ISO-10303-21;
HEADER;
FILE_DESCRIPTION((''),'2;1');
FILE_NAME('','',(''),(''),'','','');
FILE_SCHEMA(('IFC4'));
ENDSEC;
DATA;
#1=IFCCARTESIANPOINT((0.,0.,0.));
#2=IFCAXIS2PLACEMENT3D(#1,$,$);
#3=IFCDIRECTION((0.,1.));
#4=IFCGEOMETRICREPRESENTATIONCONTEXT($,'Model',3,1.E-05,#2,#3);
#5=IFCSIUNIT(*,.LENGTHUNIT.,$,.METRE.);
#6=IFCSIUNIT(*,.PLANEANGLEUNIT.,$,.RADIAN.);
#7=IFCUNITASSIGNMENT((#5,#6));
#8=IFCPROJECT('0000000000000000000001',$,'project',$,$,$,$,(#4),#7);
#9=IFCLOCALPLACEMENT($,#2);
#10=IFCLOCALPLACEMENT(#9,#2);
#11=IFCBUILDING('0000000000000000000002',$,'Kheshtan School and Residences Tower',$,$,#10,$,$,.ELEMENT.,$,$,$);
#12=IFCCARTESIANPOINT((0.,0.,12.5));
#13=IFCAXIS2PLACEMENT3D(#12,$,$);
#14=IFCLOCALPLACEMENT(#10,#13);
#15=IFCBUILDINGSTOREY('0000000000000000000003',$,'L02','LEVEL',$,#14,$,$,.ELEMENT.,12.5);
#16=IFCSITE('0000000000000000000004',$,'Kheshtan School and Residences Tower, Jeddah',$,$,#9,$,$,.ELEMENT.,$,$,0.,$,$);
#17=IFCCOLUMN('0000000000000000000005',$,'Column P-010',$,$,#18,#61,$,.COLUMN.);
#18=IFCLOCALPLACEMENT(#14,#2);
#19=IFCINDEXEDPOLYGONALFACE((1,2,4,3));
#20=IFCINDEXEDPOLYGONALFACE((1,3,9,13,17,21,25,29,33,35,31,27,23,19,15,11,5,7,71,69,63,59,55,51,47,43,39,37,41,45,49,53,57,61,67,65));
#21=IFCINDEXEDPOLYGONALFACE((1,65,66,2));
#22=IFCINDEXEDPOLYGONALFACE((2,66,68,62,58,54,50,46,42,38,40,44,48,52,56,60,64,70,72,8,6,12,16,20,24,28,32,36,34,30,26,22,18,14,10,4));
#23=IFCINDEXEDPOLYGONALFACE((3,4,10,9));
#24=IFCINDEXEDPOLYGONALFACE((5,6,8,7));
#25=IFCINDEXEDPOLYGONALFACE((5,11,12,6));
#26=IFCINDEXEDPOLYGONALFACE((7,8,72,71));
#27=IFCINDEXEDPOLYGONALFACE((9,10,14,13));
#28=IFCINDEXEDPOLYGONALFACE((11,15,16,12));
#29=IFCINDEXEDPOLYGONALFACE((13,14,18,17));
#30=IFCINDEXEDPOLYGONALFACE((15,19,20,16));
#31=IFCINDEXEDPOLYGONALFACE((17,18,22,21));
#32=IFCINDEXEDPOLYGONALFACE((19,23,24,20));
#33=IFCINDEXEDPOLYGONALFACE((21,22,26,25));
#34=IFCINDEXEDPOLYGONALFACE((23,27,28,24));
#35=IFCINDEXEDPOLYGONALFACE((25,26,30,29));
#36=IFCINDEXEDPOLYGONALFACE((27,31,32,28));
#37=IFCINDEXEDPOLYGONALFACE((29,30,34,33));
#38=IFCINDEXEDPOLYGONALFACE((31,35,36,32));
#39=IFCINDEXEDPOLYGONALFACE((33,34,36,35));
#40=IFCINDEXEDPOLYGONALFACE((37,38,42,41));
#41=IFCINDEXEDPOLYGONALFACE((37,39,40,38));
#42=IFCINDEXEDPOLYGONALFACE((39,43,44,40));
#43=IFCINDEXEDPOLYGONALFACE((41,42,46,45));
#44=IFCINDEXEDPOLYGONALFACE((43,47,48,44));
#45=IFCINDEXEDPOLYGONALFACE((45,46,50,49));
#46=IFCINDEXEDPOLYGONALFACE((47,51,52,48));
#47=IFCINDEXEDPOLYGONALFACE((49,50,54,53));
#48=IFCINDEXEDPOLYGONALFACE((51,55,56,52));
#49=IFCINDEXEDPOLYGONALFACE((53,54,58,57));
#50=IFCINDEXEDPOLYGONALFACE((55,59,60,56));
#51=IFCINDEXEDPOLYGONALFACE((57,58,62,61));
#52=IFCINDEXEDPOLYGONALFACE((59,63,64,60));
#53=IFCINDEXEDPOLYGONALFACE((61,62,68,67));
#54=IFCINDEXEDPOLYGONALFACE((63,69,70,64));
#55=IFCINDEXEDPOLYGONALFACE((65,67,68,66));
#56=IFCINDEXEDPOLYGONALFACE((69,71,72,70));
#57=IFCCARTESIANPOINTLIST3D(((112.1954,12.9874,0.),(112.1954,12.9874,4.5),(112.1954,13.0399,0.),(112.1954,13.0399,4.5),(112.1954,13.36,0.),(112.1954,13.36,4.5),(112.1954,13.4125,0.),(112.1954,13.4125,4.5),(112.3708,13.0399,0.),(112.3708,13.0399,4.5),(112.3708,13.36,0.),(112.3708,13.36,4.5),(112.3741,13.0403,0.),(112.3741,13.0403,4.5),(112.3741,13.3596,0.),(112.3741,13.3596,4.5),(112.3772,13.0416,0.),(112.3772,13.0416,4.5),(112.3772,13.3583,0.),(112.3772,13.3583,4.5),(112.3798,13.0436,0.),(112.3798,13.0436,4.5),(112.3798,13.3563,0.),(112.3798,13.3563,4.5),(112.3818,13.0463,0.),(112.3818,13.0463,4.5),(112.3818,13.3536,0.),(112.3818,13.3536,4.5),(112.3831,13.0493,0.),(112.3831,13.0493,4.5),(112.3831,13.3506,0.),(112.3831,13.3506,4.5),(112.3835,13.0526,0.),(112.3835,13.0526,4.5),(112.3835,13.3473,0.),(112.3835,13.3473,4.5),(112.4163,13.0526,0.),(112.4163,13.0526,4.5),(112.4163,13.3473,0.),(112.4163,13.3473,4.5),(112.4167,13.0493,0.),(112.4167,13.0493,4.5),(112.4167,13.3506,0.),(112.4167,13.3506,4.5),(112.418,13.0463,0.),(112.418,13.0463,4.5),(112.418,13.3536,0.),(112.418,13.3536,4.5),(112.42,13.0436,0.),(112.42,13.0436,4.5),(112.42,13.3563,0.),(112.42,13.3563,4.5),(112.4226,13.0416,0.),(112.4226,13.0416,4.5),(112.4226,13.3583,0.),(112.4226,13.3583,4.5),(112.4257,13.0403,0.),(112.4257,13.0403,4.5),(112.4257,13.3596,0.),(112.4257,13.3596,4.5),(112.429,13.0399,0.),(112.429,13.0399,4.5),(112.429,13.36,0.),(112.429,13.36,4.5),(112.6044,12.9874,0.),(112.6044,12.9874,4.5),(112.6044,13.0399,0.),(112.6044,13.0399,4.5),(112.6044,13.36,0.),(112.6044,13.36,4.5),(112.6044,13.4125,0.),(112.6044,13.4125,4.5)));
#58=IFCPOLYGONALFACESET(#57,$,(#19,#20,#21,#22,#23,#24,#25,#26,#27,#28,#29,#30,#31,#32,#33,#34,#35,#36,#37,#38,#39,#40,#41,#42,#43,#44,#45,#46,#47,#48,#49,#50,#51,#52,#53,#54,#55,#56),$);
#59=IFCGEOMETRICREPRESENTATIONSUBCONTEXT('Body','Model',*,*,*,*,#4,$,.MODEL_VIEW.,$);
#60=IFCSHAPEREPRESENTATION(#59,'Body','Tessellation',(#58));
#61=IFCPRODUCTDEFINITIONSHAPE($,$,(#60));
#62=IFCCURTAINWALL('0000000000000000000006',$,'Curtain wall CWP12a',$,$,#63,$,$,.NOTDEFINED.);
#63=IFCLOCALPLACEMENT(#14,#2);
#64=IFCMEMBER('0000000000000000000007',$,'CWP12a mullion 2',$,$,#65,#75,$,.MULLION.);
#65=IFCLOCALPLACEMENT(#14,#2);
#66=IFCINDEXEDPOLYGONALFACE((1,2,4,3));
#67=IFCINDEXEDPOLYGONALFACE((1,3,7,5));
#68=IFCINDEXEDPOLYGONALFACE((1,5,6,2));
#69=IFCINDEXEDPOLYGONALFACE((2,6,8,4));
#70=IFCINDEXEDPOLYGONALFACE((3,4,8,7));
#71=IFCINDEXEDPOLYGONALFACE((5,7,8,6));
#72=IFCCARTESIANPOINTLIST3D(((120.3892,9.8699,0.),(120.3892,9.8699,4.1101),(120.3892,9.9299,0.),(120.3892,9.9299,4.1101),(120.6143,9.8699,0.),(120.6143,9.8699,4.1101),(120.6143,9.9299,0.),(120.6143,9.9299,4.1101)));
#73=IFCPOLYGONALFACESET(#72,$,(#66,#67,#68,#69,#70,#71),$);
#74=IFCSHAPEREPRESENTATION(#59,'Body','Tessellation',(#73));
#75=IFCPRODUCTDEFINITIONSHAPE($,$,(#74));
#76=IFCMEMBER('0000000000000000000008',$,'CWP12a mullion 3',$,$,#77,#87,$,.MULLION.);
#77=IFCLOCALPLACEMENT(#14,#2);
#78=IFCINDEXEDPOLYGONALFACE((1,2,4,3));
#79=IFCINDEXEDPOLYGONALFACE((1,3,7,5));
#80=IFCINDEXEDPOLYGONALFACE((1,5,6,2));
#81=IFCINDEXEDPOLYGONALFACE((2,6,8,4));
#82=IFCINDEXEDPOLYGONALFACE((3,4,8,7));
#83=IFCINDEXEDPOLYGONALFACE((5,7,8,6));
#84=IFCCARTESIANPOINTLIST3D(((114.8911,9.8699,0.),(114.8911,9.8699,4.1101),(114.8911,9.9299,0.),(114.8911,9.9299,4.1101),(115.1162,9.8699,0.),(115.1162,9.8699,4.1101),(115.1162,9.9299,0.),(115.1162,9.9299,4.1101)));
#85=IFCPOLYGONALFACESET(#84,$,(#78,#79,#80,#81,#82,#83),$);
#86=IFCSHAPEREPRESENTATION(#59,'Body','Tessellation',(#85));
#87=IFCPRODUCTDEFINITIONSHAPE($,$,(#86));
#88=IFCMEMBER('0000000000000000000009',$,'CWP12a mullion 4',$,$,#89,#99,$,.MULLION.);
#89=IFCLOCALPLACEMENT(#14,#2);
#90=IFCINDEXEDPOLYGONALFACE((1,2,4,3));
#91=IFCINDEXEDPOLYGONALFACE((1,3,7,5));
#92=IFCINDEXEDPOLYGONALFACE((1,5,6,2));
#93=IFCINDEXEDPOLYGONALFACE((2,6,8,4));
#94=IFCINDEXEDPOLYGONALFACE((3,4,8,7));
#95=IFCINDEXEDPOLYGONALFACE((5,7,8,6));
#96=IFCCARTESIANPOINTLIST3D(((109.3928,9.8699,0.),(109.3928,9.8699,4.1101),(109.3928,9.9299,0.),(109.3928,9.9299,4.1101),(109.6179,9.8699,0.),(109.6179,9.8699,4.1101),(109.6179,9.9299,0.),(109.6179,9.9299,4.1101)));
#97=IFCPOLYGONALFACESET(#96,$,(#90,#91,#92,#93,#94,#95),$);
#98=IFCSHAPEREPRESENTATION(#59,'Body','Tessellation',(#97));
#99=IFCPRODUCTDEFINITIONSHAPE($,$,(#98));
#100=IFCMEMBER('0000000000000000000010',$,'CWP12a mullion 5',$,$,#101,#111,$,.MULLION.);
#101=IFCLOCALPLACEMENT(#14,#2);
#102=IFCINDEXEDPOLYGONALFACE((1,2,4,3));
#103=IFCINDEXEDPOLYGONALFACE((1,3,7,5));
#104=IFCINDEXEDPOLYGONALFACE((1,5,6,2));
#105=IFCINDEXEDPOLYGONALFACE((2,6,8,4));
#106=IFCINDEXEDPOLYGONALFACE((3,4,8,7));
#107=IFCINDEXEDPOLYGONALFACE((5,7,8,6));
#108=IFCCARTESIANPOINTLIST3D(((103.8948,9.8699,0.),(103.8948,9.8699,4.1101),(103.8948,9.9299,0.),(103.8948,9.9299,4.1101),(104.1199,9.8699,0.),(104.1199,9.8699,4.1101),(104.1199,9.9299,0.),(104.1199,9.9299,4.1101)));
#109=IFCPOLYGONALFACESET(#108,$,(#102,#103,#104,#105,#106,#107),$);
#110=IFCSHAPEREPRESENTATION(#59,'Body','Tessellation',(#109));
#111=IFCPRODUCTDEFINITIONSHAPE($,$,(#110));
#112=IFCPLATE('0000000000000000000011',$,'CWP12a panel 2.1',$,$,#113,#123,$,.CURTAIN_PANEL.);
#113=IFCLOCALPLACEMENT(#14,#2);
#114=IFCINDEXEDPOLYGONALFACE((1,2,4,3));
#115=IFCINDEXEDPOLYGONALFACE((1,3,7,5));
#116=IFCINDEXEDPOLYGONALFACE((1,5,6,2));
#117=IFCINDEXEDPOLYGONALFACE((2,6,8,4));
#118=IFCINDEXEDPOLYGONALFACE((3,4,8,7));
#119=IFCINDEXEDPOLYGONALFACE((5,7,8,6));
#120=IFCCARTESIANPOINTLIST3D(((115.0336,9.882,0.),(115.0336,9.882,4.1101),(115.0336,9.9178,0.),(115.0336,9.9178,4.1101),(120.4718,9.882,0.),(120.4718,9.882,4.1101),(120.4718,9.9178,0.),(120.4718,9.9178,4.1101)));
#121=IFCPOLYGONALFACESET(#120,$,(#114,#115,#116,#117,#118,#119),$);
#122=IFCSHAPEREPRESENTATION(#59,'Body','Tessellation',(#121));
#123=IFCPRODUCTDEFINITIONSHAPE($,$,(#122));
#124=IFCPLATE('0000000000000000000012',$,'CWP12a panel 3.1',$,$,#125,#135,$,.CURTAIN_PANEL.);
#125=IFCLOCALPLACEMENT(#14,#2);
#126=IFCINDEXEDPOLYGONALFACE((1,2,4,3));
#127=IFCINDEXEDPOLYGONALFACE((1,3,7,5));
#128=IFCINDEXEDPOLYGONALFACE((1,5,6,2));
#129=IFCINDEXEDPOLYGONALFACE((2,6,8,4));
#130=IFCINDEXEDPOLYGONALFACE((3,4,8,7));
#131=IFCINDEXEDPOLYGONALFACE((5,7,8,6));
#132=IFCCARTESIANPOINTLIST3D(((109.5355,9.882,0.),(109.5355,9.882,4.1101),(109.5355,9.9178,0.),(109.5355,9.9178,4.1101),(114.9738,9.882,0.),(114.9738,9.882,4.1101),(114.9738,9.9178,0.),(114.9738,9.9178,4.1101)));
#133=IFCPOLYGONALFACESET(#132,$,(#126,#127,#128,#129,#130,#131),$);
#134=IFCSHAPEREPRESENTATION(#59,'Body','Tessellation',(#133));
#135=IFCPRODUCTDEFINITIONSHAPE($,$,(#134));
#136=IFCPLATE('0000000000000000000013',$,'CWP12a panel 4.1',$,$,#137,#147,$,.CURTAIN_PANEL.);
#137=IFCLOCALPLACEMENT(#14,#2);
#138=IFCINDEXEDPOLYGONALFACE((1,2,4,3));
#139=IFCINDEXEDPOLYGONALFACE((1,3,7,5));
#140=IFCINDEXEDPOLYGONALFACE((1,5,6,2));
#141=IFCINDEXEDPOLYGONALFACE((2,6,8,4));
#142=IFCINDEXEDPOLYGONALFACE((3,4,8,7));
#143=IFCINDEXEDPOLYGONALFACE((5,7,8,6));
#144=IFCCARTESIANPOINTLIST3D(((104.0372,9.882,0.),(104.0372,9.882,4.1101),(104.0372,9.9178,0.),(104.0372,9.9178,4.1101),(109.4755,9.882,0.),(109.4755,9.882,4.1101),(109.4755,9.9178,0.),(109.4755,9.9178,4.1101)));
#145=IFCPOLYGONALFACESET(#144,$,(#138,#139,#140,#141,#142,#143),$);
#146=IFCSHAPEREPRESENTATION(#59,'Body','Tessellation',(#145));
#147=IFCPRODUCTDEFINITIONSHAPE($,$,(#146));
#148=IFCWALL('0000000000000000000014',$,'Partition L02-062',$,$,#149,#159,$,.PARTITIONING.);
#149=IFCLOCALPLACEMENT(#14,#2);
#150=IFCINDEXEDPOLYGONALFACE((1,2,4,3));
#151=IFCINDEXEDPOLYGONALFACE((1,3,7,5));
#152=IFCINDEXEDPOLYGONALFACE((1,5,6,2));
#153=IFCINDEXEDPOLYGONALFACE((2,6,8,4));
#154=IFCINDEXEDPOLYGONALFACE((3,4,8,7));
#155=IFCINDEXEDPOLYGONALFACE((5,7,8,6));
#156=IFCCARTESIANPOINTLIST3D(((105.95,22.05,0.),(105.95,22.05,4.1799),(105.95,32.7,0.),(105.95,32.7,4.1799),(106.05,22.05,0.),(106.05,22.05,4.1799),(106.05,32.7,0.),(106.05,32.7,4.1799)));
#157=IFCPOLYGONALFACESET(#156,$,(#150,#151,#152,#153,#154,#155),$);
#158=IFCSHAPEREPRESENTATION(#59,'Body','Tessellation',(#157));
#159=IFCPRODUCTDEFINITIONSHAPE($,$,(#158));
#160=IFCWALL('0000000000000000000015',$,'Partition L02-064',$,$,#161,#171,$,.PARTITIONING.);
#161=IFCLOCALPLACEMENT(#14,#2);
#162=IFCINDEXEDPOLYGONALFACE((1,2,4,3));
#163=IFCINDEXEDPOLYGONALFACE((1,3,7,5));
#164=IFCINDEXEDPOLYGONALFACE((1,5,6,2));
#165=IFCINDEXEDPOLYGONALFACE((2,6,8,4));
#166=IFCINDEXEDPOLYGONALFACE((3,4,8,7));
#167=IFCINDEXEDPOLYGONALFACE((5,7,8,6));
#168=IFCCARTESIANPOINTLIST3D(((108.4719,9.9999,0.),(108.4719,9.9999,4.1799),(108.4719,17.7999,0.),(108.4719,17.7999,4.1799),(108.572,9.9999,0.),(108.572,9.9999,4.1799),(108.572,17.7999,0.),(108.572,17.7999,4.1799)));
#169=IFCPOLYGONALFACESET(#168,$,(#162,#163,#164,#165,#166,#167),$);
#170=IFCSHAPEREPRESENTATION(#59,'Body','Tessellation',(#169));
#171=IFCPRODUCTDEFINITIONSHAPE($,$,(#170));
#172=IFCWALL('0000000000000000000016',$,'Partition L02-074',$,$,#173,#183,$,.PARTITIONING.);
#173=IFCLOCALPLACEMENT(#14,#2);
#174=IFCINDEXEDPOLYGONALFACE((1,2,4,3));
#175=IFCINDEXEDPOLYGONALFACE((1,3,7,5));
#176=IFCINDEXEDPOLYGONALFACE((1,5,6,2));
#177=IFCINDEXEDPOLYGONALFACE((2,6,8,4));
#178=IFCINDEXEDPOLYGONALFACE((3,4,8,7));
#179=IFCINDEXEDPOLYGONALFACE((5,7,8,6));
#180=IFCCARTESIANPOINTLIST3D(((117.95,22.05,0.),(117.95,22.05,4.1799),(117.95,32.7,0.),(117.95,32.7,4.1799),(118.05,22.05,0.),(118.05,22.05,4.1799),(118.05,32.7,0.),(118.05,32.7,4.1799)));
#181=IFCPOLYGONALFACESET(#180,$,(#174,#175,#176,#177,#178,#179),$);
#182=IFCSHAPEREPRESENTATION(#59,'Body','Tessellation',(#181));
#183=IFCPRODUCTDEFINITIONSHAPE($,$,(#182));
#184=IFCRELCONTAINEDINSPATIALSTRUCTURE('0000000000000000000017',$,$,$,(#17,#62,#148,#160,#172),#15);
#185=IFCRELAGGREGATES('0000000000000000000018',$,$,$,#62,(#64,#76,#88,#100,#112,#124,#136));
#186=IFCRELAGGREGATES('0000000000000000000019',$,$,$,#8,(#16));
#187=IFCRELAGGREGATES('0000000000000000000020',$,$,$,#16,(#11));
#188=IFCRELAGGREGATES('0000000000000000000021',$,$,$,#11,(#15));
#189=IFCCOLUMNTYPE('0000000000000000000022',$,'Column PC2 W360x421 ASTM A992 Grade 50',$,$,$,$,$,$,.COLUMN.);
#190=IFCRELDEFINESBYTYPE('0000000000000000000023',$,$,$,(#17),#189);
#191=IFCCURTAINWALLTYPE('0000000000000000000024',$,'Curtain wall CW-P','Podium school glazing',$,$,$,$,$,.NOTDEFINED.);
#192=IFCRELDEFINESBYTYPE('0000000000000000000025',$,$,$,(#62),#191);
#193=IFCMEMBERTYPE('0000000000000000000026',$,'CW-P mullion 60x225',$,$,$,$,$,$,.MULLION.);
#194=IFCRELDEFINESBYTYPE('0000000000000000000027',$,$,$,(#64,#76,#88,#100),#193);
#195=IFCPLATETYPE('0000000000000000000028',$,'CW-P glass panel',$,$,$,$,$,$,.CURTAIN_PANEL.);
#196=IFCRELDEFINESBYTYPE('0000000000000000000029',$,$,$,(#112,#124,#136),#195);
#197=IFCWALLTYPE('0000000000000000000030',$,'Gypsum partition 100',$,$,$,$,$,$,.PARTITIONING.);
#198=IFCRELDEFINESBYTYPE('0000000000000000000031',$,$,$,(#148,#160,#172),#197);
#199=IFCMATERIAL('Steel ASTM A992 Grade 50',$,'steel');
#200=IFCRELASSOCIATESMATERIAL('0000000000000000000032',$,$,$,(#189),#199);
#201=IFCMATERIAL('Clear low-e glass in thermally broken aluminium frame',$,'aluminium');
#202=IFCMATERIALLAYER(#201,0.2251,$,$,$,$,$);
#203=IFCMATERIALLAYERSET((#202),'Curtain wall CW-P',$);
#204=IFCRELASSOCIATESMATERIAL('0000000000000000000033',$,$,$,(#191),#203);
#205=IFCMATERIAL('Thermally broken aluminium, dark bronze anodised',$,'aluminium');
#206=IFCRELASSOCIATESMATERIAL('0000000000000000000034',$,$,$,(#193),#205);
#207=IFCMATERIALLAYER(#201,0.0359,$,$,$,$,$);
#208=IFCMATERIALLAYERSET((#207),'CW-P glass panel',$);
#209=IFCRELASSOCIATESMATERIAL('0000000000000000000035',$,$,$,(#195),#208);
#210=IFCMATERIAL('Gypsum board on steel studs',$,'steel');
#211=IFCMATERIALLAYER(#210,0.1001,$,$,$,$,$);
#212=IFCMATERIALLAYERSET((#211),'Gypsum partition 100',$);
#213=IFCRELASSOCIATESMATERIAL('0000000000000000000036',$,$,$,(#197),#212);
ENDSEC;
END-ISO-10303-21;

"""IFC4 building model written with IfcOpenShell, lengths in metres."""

from ifc_helpers import new_model, si_unit, direction, frame, frame_2d, origin, origin_2d, place, context, subcontext, project, spatial, rectangle, i_section, extrude, material, layer, layer_set, material_profile, profile_set, type_object, element, aggregate, save


model = new_model("IFC4")

# Units and contexts
model_context = context("Model", 3, precision=1e-05, world=origin(), true_north=direction((0.0, 1.0)))
body_context = subcontext(model_context, "Body", "Model", "MODEL_VIEW")
ifc_project = project(units=[si_unit("LENGTHUNIT", "METRE"), si_unit("PLANEANGLEUNIT", "RADIAN")], contexts=[model_context])

# Site, building, storey
site_placement = place(None, origin())
site = spatial("IfcSite", under=ifc_project, at=site_placement, Name="Kheshtan School and Residences Tower, Jeddah", CompositionType="ELEMENT", RefElevation=0.0)
building_placement = place(site_placement, origin())
building = spatial("IfcBuilding", under=site, at=building_placement, Name="Kheshtan School and Residences Tower", CompositionType="ELEMENT")
storey_placement = place(building_placement, frame((0.0, 0.0, 12.5)))
storey = spatial("IfcBuildingStorey", under=building, at=storey_placement, Name="L02", Description="LEVEL", CompositionType="ELEMENT", Elevation=12.5)

# Column
ifc_material_1 = material(Name="Steel ASTM A992 Grade 50", Category="steel")
ifc_material_profile_1 = material_profile(ifc_material_1, i_section(OverallWidth=0.4089, OverallDepth=0.425, WebThickness=0.0327, FlangeThickness=0.0525, FilletRadius=0.0127, at=origin_2d()), Name="W360x421")
ifc_profile_set_1 = profile_set([ifc_material_profile_1], Name="Steel ASTM A992 Grade 50")
column_type = type_object("IfcColumnType", Name="Column PC2 W360x421 ASTM A992 Grade 50", PredefinedType="COLUMN", material=ifc_profile_set_1)
column_placement = place(storey_placement, frame((112.3999, 13.2, 0.0), z_axis=(0.0, 0.0, 1.0), x_axis=(1.0, 0.0, 0.0)))
element("IfcColumn", 1, at=column_placement, inside=storey, type_object=column_type, Name="Column P-010", PredefinedType="COLUMN", context=body_context, shape_type="SweptSolid", body=[
    extrude(i_section(OverallWidth=0.4089, OverallDepth=0.425, WebThickness=0.0327, FlangeThickness=0.0525, FilletRadius=0.0127, at=origin_2d()), origin(), (0.0, 0.0, 1.0), 4.5),
])

# Curtain wall, members, plates
ifc_material_2 = material(Name="Clear low-e glass in thermally broken aluminium frame", Category="aluminium")
ifc_layer_1 = layer(ifc_material_2, 0.2251)
ifc_layer_set_1 = layer_set([ifc_layer_1], Name="Curtain wall CW-P")
curtain_wall_type = type_object("IfcCurtainWallType", Name="Curtain wall CW-P", Description="Podium school glazing", PredefinedType="NOTDEFINED", material=ifc_layer_set_1)
curtain_wall_placement = place(storey_placement, origin())
curtain_wall = element("IfcCurtainWall", 2, at=curtain_wall_placement, inside=storey, type_object=curtain_wall_type, Name="Curtain wall CWP12a", PredefinedType="NOTDEFINED")
ifc_material_3 = material(Name="Thermally broken aluminium, dark bronze anodised", Category="aluminium")
ifc_material_profile_2 = material_profile(ifc_material_3, rectangle(XDim=0.0601, YDim=0.2251, at=origin_2d()), Name="CW-P mullion 60x225")
ifc_profile_set_2 = profile_set([ifc_material_profile_2], Name="Thermally broken aluminium, dark bronze anodised")
member_type = type_object("IfcMemberType", Name="CW-P mullion 60x225", PredefinedType="MULLION", material=ifc_profile_set_2)
member_1_placement = place(storey_placement, frame((120.5017, 9.8999, 0.0), z_axis=(0.0, 0.0, 1.0), x_axis=(0.0, -1.0, 0.0)))
member_1 = element("IfcMember", 3, at=member_1_placement, type_object=member_type, Name="CWP12a mullion 2", PredefinedType="MULLION", context=body_context, shape_type="SweptSolid", body=[
    extrude(rectangle(XDim=0.0601, YDim=0.2251, at=origin_2d()), origin(), (0.0, 0.0, 1.0), 4.1101),
])
member_2_placement = place(storey_placement, frame((115.0037, 9.8999, 0.0), z_axis=(0.0, 0.0, 1.0), x_axis=(0.0, -1.0, 0.0)))
member_2 = element("IfcMember", 4, at=member_2_placement, type_object=member_type, Name="CWP12a mullion 3", PredefinedType="MULLION", context=body_context, shape_type="SweptSolid", body=[
    extrude(rectangle(XDim=0.0601, YDim=0.2251, at=origin_2d()), origin(), (0.0, 0.0, 1.0), 4.1101),
])
member_3_placement = place(storey_placement, frame((109.5054, 9.8999, 0.0), z_axis=(0.0, 0.0, 1.0), x_axis=(0.0, -1.0, 0.0)))
member_3 = element("IfcMember", 5, at=member_3_placement, type_object=member_type, Name="CWP12a mullion 4", PredefinedType="MULLION", context=body_context, shape_type="SweptSolid", body=[
    extrude(rectangle(XDim=0.0601, YDim=0.2251, at=origin_2d()), origin(), (0.0, 0.0, 1.0), 4.1101),
])
member_4_placement = place(storey_placement, frame((104.0073, 9.8999, 0.0), z_axis=(0.0, 0.0, 1.0), x_axis=(0.0, -1.0, 0.0)))
member_4 = element("IfcMember", 6, at=member_4_placement, type_object=member_type, Name="CWP12a mullion 5", PredefinedType="MULLION", context=body_context, shape_type="SweptSolid", body=[
    extrude(rectangle(XDim=0.0601, YDim=0.2251, at=origin_2d()), origin(), (0.0, 0.0, 1.0), 4.1101),
])
ifc_layer_2 = layer(ifc_material_2, 0.0359)
ifc_layer_set_2 = layer_set([ifc_layer_2], Name="CW-P glass panel")
plate_type = type_object("IfcPlateType", Name="CW-P glass panel", PredefinedType="CURTAIN_PANEL", material=ifc_layer_set_2)
plate_1_placement = place(storey_placement, frame((117.7527, 9.8999, 0.0), z_axis=(0.0, 0.0, 1.0), x_axis=(-1.0, 0.0, 0.0)))
plate_1 = element("IfcPlate", 7, at=plate_1_placement, type_object=plate_type, Name="CWP12a panel 2.1", PredefinedType="CURTAIN_PANEL", context=body_context, shape_type="SweptSolid", body=[
    extrude(rectangle(XDim=5.4382, YDim=0.0359, at=origin_2d()), origin(), (0.0, 0.0, 1.0), 4.1101),
])
plate_2_placement = place(storey_placement, frame((112.2546, 9.8999, 0.0), z_axis=(0.0, 0.0, 1.0), x_axis=(-1.0, 0.0, 0.0)))
plate_2 = element("IfcPlate", 8, at=plate_2_placement, type_object=plate_type, Name="CWP12a panel 3.1", PredefinedType="CURTAIN_PANEL", context=body_context, shape_type="SweptSolid", body=[
    extrude(rectangle(XDim=5.4382, YDim=0.0359, at=origin_2d()), origin(), (0.0, 0.0, 1.0), 4.1101),
])
plate_3_placement = place(storey_placement, frame((106.7563, 9.8999, 0.0), z_axis=(0.0, 0.0, 1.0), x_axis=(-1.0, 0.0, 0.0)))
plate_3 = element("IfcPlate", 9, at=plate_3_placement, type_object=plate_type, Name="CWP12a panel 4.1", PredefinedType="CURTAIN_PANEL", context=body_context, shape_type="SweptSolid", body=[
    extrude(rectangle(XDim=5.4382, YDim=0.0359, at=origin_2d()), origin(), (0.0, 0.0, 1.0), 4.1101),
])
aggregate(curtain_wall, [member_1, member_2, member_3, member_4, plate_1, plate_2, plate_3])

# Walls
ifc_material_4 = material(Name="Gypsum board on steel studs", Category="steel")
ifc_layer_3 = layer(ifc_material_4, 0.1001)
ifc_layer_set_3 = layer_set([ifc_layer_3], Name="Gypsum partition 100")
wall_type_1 = type_object("IfcWallType", Name="Gypsum partition 100", PredefinedType="PARTITIONING", material=ifc_layer_set_3)
wall_1_placement = place(storey_placement, frame((106.0, 22.05, 0.0), z_axis=(0.0, 0.0, 1.0), x_axis=(0.0, 1.0, 0.0)))
element("IfcWall", 10, at=wall_1_placement, inside=storey, type_object=wall_type_1, Name="Partition L02-062", PredefinedType="PARTITIONING", context=body_context, shape_type="SweptSolid", body=[
    extrude(rectangle(XDim=10.6499, YDim=0.1001, at=frame_2d((5.325, 0.0))), origin(), (0.0, 0.0, 1.0), 4.1799),
])
wall_2_placement = place(storey_placement, frame((108.522, 10.0, 0.0), z_axis=(0.0, 0.0, 1.0), x_axis=(0.0, 1.0, 0.0)))
element("IfcWall", 11, at=wall_2_placement, inside=storey, type_object=wall_type_1, Name="Partition L02-064", PredefinedType="PARTITIONING", context=body_context, shape_type="SweptSolid", body=[
    extrude(rectangle(XDim=7.8, YDim=0.1001, at=frame_2d((3.8999, 0.0))), origin(), (0.0, 0.0, 1.0), 4.1799),
])
wall_3_placement = place(storey_placement, frame((118.0, 22.05, 0.0), z_axis=(0.0, 0.0, 1.0), x_axis=(0.0, 1.0, 0.0)))
element("IfcWall", 12, at=wall_3_placement, inside=storey, type_object=wall_type_1, Name="Partition L02-074", PredefinedType="PARTITIONING", context=body_context, shape_type="SweptSolid", body=[
    extrude(rectangle(XDim=10.6499, YDim=0.1001, at=frame_2d((5.325, 0.0))), origin(), (0.0, 0.0, 1.0), 4.1799),
])

save(model, "model.ifc")
